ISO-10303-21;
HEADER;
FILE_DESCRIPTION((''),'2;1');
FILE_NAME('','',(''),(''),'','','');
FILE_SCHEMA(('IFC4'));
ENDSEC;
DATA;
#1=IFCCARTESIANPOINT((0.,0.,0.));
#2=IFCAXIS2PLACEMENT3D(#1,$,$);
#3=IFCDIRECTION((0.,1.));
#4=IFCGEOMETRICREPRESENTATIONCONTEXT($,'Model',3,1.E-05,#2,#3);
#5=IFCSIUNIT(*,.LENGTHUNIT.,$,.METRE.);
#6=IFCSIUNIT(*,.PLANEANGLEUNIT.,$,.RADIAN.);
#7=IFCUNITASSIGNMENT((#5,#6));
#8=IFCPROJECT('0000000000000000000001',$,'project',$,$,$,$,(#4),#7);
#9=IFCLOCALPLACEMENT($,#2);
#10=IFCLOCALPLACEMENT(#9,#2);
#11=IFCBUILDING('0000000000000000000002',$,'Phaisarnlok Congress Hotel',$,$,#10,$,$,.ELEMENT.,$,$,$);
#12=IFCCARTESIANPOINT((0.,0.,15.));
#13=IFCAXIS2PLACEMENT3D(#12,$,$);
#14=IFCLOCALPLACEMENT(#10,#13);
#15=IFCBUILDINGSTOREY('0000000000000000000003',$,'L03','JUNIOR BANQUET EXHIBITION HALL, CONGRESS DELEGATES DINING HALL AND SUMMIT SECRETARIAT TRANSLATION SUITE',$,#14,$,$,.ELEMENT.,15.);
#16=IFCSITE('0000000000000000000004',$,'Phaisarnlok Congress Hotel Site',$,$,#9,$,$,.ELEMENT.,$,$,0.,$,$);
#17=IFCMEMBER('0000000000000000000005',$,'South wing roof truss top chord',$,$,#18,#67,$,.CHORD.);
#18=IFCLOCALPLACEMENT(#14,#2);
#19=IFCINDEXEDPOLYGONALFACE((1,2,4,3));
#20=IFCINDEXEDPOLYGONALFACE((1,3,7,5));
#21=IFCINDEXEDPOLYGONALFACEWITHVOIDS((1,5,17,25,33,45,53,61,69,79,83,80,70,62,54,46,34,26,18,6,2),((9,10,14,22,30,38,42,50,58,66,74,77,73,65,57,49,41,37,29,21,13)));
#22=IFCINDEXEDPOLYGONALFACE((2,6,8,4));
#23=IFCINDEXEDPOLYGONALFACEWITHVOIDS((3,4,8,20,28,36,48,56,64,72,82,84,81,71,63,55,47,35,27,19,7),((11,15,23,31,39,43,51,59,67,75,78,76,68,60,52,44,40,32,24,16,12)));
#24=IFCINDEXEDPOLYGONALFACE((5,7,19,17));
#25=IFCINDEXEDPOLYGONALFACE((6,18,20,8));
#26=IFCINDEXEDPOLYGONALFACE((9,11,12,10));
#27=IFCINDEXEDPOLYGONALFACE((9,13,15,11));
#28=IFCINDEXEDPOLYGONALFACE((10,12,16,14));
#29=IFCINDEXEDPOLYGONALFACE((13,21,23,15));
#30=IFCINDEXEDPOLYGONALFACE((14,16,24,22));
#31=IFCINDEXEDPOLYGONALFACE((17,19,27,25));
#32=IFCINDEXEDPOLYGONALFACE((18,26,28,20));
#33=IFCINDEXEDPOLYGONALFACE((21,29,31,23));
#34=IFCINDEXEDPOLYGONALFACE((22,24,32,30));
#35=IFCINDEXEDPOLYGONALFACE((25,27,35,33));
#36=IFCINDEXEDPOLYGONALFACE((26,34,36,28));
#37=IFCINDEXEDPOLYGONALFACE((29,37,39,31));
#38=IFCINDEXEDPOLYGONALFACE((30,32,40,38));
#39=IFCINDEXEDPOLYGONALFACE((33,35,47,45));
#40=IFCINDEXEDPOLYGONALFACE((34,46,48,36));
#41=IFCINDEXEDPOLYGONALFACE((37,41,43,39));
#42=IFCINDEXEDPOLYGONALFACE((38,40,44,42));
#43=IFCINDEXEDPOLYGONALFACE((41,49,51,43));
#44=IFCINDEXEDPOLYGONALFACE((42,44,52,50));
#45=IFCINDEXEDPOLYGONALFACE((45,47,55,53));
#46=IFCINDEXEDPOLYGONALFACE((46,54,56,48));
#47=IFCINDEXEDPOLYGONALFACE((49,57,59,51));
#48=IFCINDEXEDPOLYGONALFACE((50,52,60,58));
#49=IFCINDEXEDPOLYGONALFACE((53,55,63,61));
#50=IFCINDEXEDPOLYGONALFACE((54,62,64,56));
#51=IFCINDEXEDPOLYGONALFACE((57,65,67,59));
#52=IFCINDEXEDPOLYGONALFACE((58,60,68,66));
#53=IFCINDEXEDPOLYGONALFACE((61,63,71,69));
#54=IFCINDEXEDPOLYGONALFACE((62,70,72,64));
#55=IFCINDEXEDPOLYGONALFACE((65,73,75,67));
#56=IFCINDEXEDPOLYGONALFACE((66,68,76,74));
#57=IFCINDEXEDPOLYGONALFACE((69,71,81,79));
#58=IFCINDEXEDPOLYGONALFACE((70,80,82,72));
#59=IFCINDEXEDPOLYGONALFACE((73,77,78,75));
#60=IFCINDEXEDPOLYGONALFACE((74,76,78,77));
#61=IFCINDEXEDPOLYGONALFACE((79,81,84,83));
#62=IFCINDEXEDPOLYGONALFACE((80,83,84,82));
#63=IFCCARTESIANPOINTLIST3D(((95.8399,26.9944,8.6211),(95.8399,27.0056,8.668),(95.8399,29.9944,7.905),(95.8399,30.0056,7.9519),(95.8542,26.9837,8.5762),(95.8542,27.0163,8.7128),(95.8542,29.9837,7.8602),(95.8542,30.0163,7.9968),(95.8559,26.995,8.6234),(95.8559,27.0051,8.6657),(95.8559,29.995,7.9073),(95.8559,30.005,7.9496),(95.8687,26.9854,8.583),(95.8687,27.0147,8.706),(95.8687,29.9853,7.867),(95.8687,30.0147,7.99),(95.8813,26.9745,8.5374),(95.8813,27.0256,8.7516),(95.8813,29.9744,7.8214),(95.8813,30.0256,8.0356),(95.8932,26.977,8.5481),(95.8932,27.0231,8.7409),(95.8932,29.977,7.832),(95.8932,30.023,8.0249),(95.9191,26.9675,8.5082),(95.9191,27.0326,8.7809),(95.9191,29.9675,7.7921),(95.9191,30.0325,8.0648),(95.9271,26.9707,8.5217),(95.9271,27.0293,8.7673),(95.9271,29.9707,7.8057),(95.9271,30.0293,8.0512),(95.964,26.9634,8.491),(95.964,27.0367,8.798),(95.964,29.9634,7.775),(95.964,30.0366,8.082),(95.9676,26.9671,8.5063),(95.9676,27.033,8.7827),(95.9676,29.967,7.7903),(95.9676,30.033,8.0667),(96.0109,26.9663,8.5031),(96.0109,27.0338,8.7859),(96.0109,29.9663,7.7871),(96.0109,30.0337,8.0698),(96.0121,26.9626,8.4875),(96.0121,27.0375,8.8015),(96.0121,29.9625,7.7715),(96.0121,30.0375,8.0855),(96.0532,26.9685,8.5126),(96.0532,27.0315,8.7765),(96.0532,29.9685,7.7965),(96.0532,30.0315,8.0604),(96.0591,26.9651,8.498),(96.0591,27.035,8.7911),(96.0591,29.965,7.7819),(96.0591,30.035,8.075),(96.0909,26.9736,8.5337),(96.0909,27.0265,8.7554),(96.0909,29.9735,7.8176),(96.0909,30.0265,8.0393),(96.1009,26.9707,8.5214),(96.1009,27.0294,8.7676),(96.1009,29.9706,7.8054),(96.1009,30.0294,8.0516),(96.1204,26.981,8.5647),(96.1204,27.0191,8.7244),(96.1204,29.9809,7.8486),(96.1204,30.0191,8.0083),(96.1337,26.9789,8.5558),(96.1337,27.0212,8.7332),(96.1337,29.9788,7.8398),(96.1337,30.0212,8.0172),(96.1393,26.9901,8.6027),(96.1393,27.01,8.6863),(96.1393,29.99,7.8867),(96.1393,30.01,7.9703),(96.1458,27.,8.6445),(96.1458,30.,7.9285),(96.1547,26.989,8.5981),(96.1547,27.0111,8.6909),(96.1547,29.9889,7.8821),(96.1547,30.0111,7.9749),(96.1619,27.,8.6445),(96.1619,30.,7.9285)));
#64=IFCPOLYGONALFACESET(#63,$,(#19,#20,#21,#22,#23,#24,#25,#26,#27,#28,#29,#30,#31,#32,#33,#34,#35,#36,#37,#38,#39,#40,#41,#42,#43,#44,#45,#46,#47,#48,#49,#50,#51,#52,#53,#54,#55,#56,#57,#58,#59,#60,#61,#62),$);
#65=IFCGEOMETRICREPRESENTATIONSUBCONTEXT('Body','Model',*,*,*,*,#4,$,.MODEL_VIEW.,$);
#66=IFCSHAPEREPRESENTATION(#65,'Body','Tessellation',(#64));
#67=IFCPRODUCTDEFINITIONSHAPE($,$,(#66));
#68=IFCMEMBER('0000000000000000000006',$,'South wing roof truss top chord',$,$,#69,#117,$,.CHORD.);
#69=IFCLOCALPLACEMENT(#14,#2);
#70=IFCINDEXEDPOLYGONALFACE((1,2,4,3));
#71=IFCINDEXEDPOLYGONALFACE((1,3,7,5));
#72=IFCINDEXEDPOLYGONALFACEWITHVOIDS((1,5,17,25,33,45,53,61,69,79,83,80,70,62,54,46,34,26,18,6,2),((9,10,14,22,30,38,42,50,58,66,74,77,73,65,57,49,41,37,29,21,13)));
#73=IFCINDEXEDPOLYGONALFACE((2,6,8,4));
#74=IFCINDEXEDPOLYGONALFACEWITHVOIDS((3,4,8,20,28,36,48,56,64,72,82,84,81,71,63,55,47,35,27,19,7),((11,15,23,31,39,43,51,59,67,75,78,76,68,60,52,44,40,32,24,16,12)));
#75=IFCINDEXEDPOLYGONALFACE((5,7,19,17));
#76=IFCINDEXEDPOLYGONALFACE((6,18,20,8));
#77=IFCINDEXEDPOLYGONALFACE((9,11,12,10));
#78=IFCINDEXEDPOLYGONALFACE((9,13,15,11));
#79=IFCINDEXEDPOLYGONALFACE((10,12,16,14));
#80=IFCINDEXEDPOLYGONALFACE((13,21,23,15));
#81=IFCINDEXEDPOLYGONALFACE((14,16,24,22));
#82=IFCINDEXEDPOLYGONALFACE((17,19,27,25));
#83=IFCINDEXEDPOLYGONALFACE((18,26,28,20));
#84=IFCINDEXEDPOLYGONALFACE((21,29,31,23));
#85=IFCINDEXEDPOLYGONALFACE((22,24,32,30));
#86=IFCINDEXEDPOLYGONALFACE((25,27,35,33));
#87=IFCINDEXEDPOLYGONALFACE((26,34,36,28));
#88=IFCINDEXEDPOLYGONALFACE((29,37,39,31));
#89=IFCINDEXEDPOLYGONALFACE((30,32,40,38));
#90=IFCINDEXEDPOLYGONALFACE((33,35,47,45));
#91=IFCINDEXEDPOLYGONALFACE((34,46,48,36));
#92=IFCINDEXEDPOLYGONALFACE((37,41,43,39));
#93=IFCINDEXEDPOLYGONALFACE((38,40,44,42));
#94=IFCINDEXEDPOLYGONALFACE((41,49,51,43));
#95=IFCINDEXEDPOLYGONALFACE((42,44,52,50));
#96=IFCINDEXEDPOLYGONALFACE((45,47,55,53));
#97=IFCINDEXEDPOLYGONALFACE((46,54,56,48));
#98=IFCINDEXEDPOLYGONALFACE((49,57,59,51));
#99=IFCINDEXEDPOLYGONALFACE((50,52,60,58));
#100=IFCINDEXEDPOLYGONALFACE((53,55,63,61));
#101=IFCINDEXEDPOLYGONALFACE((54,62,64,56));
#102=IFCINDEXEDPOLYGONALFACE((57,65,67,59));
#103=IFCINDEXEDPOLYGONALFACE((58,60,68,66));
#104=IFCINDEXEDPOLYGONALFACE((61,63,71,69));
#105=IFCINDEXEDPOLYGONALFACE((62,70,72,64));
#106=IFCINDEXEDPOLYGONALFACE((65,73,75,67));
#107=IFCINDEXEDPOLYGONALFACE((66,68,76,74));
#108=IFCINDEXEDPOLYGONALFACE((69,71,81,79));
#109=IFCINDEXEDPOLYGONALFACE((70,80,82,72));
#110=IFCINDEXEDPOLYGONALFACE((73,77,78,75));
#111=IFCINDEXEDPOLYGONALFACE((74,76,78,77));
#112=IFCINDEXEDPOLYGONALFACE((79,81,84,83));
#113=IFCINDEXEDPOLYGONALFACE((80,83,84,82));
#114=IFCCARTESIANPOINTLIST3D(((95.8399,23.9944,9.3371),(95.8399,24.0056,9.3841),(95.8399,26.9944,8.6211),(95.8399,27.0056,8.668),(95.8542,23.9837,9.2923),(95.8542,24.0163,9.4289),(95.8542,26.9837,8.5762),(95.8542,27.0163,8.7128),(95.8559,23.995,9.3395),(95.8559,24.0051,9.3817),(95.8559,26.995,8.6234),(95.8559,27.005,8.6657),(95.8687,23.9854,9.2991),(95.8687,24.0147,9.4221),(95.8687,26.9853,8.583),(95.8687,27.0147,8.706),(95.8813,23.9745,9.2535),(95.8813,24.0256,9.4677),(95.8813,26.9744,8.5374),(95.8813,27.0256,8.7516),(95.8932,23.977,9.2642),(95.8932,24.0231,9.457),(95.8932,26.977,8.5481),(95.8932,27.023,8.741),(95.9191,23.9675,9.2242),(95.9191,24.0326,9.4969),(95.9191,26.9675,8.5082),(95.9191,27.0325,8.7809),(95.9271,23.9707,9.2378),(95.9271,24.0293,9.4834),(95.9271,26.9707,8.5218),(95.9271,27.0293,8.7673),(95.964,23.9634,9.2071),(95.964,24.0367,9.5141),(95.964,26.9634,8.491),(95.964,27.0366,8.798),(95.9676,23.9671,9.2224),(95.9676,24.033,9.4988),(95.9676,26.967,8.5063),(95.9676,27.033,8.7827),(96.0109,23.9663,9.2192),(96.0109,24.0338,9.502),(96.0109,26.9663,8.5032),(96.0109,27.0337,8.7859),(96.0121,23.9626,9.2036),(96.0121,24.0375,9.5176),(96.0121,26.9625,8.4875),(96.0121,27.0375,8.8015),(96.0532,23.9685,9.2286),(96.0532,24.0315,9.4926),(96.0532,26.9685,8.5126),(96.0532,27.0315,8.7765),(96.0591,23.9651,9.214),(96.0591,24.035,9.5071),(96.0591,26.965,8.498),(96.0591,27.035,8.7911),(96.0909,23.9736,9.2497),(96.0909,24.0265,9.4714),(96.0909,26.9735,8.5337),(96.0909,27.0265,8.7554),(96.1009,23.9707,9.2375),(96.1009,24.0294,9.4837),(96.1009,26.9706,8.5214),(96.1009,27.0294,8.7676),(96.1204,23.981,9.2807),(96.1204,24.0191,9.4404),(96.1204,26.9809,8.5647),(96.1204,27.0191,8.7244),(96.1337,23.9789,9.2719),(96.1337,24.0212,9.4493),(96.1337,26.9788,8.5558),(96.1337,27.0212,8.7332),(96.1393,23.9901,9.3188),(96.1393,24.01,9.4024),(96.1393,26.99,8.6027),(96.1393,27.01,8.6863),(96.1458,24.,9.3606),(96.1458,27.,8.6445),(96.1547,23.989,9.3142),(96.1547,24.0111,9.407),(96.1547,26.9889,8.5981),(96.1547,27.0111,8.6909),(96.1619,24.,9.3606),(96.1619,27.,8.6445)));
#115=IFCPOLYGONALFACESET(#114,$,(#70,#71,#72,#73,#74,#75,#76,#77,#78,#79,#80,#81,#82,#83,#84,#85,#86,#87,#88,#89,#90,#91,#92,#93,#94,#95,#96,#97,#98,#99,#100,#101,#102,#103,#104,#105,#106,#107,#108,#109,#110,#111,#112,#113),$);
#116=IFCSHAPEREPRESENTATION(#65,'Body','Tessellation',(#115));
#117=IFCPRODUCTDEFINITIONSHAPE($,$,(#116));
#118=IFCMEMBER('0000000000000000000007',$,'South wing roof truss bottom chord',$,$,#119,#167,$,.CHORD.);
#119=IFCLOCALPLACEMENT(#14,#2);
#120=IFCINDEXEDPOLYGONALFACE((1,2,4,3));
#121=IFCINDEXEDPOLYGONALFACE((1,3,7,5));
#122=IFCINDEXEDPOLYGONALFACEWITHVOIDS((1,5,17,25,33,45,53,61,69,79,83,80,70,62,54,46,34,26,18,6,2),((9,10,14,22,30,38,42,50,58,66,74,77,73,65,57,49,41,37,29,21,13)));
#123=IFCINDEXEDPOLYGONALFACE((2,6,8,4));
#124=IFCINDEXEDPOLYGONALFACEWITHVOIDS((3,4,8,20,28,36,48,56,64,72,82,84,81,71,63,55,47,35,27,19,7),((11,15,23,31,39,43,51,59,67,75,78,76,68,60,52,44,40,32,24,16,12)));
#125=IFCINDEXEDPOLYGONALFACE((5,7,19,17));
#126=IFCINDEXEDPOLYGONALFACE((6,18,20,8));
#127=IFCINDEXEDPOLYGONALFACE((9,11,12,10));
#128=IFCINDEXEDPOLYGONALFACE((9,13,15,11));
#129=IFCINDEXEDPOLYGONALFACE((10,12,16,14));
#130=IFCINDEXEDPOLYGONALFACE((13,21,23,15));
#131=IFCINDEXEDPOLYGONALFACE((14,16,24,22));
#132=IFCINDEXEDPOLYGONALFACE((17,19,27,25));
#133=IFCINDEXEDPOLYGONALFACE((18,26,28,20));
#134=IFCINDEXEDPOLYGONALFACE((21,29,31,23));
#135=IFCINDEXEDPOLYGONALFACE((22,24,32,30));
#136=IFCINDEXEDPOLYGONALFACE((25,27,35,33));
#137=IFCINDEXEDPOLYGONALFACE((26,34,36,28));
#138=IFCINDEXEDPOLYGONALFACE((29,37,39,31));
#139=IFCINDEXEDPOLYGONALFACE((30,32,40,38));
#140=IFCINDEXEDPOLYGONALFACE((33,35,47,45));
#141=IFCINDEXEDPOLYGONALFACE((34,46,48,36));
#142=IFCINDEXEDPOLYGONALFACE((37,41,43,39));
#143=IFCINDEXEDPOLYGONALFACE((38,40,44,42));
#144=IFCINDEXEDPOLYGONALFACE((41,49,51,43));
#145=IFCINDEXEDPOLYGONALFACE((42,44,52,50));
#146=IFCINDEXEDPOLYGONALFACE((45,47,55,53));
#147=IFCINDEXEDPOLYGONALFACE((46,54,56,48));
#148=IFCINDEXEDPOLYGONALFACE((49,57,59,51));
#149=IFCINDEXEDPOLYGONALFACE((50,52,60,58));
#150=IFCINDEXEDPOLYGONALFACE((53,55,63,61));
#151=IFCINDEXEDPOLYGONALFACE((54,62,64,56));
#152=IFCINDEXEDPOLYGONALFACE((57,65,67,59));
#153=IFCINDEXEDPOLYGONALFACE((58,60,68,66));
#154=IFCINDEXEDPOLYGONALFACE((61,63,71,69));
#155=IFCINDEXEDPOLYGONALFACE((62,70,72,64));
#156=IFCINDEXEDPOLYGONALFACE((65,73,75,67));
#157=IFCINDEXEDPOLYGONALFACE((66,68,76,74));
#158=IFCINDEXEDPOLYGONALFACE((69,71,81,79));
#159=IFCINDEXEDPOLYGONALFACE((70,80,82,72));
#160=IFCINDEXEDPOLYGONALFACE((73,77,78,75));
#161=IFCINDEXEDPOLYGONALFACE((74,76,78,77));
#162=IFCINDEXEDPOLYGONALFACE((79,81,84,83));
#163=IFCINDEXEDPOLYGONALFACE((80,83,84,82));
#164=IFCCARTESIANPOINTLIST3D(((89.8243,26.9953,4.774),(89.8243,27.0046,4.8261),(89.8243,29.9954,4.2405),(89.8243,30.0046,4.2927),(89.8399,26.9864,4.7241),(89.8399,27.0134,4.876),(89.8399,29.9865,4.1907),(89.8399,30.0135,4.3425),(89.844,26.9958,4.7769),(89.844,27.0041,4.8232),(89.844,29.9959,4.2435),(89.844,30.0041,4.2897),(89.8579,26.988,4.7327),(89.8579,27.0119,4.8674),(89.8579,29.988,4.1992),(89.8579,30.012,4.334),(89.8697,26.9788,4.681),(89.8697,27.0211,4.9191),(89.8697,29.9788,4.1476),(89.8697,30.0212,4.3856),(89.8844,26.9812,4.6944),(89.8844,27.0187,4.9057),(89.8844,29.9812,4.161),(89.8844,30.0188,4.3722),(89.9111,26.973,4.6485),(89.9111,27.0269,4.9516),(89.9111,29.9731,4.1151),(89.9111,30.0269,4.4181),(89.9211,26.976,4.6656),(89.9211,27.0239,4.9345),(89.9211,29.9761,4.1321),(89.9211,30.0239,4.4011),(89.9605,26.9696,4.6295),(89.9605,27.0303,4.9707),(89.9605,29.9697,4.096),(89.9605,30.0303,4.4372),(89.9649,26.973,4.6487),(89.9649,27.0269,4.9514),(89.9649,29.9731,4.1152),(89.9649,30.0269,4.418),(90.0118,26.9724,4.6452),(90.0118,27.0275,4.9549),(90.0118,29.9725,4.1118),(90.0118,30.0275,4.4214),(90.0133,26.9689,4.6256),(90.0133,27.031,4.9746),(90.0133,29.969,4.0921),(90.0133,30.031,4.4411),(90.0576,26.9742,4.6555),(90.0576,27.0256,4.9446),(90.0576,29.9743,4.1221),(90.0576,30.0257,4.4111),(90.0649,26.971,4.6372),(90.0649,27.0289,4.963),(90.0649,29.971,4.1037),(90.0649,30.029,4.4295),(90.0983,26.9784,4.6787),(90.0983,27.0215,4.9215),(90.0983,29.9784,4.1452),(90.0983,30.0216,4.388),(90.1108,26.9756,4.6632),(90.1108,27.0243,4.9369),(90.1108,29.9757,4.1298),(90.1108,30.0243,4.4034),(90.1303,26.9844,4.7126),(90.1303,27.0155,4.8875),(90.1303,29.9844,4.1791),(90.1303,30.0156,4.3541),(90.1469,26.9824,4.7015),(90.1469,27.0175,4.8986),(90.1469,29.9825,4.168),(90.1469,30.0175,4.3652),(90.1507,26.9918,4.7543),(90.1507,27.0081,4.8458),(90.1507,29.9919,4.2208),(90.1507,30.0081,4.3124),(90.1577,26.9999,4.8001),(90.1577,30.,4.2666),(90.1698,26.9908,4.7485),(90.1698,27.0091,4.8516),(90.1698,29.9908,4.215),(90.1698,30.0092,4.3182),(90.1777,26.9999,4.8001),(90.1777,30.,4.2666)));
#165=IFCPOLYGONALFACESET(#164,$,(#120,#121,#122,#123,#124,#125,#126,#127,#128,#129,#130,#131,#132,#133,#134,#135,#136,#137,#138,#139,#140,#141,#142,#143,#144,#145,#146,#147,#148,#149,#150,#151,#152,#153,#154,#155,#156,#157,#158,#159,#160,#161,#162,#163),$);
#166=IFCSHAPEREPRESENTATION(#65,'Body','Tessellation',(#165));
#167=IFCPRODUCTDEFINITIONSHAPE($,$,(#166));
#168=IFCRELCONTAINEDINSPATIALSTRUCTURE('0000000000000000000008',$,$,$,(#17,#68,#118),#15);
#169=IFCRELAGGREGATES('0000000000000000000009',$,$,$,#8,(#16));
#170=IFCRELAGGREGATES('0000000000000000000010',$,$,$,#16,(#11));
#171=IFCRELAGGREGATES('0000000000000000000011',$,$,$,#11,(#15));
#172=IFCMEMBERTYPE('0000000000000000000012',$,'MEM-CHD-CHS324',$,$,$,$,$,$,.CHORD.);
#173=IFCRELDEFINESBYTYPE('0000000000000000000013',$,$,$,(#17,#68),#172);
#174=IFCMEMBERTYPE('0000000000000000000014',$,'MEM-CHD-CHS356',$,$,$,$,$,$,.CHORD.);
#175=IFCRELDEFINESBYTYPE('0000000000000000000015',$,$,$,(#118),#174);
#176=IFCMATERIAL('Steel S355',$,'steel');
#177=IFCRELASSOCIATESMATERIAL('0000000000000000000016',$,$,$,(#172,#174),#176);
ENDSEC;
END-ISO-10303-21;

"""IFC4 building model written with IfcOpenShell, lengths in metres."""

from ifc_helpers import new_model, si_unit, direction, frame, origin, origin_2d, place, context, subcontext, project, spatial, hollow_circle, extrude, material, material_profile, profile_set, type_object, element, save


model = new_model("IFC4")

# Units and contexts
model_context = context("Model", 3, precision=1e-05, world=origin(), true_north=direction((0.0, 1.0)))
body_context = subcontext(model_context, "Body", "Model", "MODEL_VIEW")
ifc_project = project(units=[si_unit("LENGTHUNIT", "METRE"), si_unit("PLANEANGLEUNIT", "RADIAN")], contexts=[model_context])

# Site, building, storey
site_placement = place(None, origin())
site = spatial("IfcSite", under=ifc_project, at=site_placement, Name="Phaisarnlok Congress Hotel Site", CompositionType="ELEMENT", RefElevation=0.0)
building_placement = place(site_placement, origin())
building = spatial("IfcBuilding", under=site, at=building_placement, Name="Phaisarnlok Congress Hotel", CompositionType="ELEMENT")
storey_placement = place(building_placement, frame((0.0, 0.0, 15.0)))
storey = spatial("IfcBuildingStorey", under=building, at=storey_placement, Name="L03", Description="JUNIOR BANQUET EXHIBITION HALL, CONGRESS DELEGATES DINING HALL AND SUMMIT SECRETARIAT TRANSLATION SUITE", CompositionType="ELEMENT", Elevation=15.0)

# Shared definitions
ifc_material_1 = material(Name="Steel S355", Category="steel")

# Members
ifc_material_profile_1 = material_profile(ifc_material_1, hollow_circle(Radius=0.1619, WallThickness=0.0161, at=origin_2d()), Name="CHS 323.9x16")
ifc_profile_set_1 = profile_set([ifc_material_profile_1], Name="Steel S355")
member_type_1 = type_object("IfcMemberType", Name="MEM-CHD-CHS324", PredefinedType="CHORD", material=ifc_profile_set_1)
for number, where, z_axis, x_axis, name in (
    (1, (96.0, 30.0, 7.9285), (0.0, -0.972676, 0.232166), (1.0, 0.0, 0.0), "South wing roof truss top chord"),
    (2, (96.0, 27.0, 8.6445), (0.0, -0.972676, 0.232166), (1.0, 0.0, 0.0), "South wing roof truss top chord"),
):
    element("IfcMember", number, at=place(storey_placement, frame(where, z_axis=z_axis, x_axis=x_axis)), inside=storey, type_object=member_type_1, Name=name, PredefinedType="CHORD", context=body_context, shape_type="SweptSolid", body=[
        extrude(hollow_circle(Radius=0.1619, WallThickness=0.0161, at=origin_2d()), origin(), (0.0, 0.0, 1.0), 3.0842),
    ])
ifc_material_profile_2 = material_profile(ifc_material_1, hollow_circle(Radius=0.1777, WallThickness=0.02, at=origin_2d()), Name="CHS 355.6x20")
ifc_profile_set_2 = profile_set([ifc_material_profile_2], Name="Steel S355")
member_type_2 = type_object("IfcMemberType", Name="MEM-CHD-CHS356", PredefinedType="CHORD", material=ifc_profile_set_2)
for number, where, z_axis, x_axis, name in (
    (3, (90.0, 30.0, 4.2666), (0.0, -0.984556, 0.17507), (1.0, 0.0, 0.0), "South wing roof truss bottom chord"),
):
    element("IfcMember", number, at=place(storey_placement, frame(where, z_axis=z_axis, x_axis=x_axis)), inside=storey, type_object=member_type_2, Name=name, PredefinedType="CHORD", context=body_context, shape_type="SweptSolid", body=[
        extrude(hollow_circle(Radius=0.1777, WallThickness=0.02, at=origin_2d()), origin(), (0.0, 0.0, 1.0), 3.0471),
    ])

save(model, "model.ifc")
